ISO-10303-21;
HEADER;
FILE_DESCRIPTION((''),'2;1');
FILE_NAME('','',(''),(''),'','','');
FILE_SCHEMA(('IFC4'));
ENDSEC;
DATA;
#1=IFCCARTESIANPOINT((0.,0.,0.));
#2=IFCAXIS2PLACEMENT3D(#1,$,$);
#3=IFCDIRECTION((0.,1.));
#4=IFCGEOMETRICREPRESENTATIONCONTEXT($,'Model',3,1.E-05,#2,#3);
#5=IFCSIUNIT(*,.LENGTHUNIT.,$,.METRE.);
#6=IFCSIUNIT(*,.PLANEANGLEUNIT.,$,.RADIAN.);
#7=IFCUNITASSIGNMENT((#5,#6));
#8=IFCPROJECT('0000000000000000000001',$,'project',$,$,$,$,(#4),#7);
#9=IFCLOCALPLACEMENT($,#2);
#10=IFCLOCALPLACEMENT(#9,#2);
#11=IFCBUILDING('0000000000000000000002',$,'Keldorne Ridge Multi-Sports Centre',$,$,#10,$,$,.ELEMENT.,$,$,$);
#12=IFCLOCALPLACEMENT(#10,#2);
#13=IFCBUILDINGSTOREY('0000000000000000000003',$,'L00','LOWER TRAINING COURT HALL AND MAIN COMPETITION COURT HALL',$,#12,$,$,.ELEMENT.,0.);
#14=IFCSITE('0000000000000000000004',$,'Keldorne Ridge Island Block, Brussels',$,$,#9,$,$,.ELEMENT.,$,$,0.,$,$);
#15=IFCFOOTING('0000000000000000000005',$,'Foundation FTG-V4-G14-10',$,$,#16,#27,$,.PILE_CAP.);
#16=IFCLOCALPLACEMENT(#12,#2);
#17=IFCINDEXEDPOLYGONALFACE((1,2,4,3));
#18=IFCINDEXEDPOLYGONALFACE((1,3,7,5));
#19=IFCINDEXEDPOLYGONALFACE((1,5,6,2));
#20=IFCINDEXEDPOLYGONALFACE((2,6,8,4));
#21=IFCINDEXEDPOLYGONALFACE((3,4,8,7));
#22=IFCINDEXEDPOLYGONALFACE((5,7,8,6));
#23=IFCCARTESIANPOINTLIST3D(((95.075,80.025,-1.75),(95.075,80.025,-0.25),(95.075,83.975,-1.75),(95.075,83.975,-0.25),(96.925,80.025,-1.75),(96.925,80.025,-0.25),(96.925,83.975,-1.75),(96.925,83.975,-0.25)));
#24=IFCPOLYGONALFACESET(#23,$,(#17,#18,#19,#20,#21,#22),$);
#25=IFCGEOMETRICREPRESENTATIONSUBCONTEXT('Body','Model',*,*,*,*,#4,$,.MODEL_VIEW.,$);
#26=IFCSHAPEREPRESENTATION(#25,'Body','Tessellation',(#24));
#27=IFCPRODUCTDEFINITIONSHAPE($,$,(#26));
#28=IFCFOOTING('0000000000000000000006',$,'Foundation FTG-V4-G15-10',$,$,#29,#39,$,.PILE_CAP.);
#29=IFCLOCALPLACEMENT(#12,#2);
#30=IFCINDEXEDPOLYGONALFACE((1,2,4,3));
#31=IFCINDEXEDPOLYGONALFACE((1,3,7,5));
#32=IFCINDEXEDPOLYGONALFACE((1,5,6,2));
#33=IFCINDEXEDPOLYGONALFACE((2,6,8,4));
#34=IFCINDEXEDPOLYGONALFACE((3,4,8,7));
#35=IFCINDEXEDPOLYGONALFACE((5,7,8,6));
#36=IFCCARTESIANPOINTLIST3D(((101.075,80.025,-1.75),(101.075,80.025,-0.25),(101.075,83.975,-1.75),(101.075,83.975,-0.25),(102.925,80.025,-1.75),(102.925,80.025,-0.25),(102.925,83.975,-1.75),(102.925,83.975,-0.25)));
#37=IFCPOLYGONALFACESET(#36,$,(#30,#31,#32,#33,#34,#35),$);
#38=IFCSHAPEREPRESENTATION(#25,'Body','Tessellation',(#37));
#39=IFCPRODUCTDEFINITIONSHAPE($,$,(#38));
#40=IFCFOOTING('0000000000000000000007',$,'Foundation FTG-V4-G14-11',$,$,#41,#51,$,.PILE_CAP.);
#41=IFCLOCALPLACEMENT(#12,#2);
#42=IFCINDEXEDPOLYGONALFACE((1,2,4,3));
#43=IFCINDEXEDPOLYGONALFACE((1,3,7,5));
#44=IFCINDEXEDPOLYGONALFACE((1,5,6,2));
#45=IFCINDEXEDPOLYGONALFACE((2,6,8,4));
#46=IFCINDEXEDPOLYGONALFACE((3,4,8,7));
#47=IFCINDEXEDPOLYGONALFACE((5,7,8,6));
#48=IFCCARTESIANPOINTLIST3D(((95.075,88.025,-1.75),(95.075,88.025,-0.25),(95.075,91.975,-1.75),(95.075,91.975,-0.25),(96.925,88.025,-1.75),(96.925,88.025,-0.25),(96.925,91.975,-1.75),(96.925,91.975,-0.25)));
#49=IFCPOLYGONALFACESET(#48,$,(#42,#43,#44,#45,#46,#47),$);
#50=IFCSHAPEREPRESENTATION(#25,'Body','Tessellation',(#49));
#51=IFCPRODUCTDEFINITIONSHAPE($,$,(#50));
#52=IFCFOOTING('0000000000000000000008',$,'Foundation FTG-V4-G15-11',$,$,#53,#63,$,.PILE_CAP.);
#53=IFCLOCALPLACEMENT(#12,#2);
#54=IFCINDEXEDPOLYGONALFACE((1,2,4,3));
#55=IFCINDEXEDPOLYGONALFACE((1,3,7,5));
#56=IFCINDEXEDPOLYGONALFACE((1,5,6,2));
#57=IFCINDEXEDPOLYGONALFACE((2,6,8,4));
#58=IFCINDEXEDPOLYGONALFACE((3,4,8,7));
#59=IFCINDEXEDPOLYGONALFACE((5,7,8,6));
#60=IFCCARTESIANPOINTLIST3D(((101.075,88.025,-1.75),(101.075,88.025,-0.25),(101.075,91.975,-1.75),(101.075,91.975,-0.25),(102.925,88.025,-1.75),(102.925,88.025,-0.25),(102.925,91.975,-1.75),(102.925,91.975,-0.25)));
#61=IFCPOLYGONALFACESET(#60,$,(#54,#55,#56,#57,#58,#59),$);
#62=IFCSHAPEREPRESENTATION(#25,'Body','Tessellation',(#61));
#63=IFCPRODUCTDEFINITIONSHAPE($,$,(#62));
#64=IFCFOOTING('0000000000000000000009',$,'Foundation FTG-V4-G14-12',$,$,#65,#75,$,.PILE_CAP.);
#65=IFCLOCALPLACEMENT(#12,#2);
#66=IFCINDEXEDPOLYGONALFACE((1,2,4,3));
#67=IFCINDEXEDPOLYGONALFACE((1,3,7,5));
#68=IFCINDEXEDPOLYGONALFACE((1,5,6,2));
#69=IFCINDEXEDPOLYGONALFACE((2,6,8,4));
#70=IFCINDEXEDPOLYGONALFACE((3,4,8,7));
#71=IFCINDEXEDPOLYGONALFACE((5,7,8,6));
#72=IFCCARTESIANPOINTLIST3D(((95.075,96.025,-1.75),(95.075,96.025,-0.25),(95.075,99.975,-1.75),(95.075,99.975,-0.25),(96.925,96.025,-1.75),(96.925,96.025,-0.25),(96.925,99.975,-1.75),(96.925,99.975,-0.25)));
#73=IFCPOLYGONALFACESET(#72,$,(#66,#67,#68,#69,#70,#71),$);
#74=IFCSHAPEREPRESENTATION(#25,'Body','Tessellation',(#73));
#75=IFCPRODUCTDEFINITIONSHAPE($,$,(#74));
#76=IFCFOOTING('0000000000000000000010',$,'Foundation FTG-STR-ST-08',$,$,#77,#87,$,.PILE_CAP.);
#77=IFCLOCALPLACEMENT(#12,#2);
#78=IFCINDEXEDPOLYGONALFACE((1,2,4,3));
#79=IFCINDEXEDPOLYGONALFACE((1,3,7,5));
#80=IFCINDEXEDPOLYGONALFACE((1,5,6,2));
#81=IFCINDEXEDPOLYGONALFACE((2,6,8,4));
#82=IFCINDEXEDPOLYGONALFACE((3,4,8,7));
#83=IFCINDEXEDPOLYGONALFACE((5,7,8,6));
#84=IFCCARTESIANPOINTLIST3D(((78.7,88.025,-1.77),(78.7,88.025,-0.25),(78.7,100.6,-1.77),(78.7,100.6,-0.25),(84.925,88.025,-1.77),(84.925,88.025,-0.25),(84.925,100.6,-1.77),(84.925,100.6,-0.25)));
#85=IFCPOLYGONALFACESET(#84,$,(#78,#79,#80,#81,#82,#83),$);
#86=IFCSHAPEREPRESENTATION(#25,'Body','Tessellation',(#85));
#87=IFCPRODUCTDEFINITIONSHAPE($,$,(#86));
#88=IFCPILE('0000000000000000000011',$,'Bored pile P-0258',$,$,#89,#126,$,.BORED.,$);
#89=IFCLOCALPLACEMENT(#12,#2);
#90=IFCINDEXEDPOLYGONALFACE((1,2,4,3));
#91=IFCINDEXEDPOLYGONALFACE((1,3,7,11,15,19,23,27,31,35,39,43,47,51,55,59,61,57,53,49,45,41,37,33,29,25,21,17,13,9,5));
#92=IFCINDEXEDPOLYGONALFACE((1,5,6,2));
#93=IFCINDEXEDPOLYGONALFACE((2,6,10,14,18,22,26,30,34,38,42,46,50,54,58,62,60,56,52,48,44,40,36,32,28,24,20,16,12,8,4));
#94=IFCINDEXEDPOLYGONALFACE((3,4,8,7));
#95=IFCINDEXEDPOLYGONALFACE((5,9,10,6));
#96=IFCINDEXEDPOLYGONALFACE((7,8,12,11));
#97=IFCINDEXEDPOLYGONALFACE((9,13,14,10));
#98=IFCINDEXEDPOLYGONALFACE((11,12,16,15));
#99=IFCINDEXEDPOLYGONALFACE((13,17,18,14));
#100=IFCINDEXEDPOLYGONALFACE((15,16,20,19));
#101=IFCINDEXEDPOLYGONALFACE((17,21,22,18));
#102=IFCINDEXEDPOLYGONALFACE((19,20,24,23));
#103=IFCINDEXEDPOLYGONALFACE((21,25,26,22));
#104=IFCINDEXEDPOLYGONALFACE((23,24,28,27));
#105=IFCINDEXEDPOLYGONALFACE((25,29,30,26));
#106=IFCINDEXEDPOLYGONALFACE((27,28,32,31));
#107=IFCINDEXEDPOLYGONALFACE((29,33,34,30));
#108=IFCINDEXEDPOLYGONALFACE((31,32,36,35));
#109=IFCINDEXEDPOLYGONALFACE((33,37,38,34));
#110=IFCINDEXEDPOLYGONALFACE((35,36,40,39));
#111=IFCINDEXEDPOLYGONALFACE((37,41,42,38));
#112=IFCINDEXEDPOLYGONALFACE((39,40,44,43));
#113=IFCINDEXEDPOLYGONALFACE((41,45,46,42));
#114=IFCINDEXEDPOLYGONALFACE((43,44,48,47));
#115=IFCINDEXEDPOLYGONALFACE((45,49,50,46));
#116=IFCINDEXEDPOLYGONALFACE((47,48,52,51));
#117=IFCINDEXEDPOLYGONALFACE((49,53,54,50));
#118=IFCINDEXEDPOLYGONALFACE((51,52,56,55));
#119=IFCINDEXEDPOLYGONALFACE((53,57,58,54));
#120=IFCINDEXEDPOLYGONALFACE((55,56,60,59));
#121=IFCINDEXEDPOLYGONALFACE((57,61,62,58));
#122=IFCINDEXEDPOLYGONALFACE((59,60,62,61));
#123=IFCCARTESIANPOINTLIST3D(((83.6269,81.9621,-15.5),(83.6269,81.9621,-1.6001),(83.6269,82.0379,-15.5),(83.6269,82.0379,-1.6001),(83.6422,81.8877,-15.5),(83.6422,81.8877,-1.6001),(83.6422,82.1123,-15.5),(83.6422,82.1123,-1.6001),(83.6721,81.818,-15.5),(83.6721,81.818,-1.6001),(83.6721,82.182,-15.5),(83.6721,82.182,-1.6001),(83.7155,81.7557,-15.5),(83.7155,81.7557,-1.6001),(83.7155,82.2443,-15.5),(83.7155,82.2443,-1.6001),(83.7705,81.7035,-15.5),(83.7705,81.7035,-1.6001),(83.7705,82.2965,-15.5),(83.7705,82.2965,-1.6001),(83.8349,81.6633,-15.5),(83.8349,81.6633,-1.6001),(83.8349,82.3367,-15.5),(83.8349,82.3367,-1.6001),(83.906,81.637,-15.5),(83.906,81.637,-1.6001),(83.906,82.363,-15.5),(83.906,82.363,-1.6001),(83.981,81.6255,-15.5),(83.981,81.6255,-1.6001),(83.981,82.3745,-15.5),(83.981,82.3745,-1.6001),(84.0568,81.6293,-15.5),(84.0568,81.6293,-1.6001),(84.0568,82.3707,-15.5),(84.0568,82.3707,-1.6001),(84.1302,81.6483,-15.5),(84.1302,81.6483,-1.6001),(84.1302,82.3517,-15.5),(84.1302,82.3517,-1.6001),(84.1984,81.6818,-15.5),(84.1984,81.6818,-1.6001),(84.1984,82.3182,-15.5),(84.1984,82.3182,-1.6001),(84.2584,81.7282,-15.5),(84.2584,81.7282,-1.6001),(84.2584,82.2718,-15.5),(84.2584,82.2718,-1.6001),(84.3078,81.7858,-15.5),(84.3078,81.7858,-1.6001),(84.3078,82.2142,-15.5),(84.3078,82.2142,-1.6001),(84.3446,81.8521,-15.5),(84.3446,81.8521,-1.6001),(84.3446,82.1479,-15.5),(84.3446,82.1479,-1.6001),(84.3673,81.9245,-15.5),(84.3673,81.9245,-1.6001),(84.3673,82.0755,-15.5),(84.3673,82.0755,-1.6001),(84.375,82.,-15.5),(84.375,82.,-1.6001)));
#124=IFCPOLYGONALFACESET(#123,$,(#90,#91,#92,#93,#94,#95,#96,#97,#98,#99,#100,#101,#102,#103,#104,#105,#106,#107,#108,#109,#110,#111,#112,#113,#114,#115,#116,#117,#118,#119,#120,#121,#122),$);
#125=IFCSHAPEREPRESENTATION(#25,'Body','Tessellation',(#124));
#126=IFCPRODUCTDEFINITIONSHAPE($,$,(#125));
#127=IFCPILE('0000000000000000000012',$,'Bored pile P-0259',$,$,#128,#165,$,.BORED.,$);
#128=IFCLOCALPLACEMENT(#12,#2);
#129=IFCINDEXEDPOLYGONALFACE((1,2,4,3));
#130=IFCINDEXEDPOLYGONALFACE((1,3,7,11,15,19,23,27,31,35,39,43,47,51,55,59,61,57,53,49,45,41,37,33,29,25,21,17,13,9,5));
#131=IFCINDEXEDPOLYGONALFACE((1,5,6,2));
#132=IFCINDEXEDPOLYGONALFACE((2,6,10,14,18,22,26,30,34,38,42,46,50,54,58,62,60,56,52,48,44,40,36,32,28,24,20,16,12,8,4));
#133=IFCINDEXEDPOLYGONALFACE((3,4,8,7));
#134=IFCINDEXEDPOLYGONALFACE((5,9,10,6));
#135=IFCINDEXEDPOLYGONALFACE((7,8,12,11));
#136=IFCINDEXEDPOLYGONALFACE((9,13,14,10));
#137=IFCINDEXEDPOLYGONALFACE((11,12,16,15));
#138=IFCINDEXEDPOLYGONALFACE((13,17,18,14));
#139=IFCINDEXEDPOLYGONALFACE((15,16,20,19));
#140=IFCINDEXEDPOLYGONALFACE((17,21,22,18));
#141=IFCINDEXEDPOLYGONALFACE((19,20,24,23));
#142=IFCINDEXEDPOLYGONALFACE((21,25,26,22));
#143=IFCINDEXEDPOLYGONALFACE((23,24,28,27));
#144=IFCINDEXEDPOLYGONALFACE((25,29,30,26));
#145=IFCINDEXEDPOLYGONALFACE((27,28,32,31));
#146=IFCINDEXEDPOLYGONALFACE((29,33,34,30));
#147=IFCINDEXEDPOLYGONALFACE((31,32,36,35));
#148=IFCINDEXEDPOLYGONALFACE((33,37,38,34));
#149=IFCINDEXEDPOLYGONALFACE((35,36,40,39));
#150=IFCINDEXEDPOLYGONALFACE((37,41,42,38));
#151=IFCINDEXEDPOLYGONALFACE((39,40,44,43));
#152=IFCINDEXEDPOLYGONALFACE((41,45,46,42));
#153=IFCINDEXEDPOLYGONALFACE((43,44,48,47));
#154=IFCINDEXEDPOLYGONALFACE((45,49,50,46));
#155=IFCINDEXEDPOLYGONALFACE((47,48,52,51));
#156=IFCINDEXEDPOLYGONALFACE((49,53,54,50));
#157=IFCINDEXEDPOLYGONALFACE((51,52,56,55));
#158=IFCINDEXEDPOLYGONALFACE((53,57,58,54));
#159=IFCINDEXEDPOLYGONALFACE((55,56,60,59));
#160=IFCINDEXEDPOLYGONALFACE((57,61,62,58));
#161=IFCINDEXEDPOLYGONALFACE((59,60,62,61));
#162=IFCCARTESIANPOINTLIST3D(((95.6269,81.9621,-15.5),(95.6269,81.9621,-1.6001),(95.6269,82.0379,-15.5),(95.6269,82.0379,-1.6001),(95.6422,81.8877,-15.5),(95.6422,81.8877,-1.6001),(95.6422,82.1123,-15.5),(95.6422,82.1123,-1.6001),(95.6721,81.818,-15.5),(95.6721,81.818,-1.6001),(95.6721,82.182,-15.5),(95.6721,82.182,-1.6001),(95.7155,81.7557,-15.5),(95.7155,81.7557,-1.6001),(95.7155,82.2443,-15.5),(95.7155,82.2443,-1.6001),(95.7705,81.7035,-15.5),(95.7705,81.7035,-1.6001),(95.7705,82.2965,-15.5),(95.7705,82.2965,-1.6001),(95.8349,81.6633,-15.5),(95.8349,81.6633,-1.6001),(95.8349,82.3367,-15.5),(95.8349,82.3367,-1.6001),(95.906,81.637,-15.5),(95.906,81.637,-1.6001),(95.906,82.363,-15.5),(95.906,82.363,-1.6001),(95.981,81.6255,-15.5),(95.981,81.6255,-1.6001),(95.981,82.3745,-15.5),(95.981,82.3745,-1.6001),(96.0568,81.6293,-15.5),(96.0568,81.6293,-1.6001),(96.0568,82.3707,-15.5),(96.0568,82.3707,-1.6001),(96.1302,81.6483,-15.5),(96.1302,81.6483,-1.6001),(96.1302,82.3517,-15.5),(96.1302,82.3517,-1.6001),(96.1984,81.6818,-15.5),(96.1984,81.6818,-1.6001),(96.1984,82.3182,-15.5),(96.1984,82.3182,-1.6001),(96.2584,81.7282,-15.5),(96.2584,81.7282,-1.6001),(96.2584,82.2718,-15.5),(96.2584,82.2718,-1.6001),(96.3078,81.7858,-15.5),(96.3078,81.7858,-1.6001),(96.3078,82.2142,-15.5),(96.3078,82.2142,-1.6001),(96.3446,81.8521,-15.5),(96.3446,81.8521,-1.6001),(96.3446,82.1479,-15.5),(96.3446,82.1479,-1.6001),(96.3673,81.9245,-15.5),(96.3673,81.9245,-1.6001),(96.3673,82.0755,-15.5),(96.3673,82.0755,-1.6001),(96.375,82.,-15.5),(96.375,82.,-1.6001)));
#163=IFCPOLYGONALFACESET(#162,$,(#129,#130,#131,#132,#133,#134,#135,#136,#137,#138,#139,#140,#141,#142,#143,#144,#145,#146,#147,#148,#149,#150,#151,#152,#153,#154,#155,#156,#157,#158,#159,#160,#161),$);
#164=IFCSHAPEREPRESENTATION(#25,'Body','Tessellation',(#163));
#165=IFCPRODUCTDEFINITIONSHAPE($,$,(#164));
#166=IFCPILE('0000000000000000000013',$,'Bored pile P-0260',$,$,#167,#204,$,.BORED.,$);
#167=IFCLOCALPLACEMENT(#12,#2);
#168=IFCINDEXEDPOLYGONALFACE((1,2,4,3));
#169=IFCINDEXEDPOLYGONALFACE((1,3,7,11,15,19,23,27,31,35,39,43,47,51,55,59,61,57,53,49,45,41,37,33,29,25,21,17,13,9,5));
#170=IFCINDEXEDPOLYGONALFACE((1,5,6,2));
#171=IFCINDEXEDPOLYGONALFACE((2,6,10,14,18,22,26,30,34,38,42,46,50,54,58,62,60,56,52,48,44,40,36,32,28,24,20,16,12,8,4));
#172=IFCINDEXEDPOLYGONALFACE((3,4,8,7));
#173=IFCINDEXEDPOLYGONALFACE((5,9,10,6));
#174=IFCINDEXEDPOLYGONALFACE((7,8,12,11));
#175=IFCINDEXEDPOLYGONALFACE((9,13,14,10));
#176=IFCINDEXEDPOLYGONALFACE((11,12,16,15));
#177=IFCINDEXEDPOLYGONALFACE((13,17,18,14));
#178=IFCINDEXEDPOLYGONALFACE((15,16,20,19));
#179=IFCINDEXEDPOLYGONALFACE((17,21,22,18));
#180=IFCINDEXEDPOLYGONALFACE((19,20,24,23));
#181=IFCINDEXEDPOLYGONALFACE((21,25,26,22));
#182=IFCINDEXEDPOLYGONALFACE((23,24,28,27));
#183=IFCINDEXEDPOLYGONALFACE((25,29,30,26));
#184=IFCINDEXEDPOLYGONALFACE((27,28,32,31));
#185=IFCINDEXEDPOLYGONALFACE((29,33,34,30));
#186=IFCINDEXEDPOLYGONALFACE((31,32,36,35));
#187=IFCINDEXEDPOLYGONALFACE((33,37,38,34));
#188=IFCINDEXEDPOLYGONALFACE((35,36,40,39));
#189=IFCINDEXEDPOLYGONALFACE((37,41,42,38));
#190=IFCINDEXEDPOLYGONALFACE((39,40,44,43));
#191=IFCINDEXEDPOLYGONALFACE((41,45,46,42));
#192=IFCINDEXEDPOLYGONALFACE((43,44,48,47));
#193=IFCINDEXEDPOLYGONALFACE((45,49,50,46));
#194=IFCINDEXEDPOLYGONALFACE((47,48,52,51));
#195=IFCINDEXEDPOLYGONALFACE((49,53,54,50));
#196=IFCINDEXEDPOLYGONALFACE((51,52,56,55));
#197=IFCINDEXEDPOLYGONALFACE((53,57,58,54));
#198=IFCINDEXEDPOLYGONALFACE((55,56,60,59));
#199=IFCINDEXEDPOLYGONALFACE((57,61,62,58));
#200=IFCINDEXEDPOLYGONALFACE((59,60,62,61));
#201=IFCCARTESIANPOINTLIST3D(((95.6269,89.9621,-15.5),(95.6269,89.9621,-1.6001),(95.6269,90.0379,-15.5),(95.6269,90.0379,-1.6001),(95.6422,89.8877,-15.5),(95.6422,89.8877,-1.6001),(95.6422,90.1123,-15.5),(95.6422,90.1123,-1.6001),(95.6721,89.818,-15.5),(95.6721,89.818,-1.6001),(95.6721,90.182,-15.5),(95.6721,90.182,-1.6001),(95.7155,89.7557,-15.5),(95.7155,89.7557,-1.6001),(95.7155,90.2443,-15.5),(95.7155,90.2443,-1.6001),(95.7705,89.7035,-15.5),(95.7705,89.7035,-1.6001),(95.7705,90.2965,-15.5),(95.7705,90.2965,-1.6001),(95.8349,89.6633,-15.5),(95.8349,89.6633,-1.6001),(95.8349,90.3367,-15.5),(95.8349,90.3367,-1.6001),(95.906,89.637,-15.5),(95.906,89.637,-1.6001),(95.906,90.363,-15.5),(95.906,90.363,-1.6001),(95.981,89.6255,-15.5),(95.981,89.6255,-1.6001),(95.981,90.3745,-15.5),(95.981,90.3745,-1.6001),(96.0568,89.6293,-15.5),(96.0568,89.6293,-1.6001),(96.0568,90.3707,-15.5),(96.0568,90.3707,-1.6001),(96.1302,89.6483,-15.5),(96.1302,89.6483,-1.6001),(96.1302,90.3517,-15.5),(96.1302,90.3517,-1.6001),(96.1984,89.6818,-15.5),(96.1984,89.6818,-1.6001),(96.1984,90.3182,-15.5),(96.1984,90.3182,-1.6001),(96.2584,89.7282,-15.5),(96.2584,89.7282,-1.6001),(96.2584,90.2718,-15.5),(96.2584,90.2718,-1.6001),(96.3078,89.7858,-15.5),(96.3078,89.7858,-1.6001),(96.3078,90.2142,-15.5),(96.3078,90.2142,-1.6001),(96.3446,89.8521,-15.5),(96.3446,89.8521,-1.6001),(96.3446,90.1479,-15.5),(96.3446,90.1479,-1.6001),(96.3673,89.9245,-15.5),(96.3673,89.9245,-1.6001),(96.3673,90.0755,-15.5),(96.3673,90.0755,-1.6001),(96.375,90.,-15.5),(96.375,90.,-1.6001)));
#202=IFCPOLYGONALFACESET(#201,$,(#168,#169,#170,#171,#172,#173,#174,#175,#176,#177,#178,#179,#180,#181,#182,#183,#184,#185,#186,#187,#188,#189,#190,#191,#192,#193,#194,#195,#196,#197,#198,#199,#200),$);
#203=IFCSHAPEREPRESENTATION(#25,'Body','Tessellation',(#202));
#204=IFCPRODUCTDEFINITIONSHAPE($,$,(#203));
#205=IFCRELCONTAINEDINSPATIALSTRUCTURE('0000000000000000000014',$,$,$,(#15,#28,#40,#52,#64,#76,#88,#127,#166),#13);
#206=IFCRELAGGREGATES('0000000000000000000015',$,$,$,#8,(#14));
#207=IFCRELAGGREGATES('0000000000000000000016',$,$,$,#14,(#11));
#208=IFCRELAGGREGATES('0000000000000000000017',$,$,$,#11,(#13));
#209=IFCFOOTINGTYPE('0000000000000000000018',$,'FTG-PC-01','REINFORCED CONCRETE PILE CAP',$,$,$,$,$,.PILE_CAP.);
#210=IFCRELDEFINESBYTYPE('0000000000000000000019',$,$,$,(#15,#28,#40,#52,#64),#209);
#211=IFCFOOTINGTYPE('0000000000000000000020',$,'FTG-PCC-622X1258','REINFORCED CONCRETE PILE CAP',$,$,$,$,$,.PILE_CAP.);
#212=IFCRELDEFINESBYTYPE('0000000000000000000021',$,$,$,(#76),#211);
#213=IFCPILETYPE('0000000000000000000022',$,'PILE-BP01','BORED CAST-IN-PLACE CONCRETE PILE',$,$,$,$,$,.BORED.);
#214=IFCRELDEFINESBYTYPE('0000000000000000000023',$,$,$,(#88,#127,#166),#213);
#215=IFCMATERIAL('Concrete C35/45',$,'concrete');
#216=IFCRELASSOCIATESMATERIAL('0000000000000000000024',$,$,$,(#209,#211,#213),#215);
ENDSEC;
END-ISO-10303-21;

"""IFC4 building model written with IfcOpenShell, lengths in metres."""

from ifc_helpers import new_model, si_unit, direction, frame, origin, origin_2d, place, context, subcontext, project, spatial, rectangle, circle, extrude, material, material_profile, profile_set, type_object, element, save


model = new_model("IFC4")

# Units and contexts
model_context = context("Model", 3, precision=1e-05, world=origin(), true_north=direction((0.0, 1.0)))
body_context = subcontext(model_context, "Body", "Model", "MODEL_VIEW")
ifc_project = project(units=[si_unit("LENGTHUNIT", "METRE"), si_unit("PLANEANGLEUNIT", "RADIAN")], contexts=[model_context])

# Site, building, storey
site_placement = place(None, origin())
site = spatial("IfcSite", under=ifc_project, at=site_placement, Name="Keldorne Ridge Island Block, Brussels", CompositionType="ELEMENT", RefElevation=0.0)
building_placement = place(site_placement, origin())
building = spatial("IfcBuilding", under=site, at=building_placement, Name="Keldorne Ridge Multi-Sports Centre", CompositionType="ELEMENT")
storey_placement = place(building_placement, origin())
storey = spatial("IfcBuildingStorey", under=building, at=storey_placement, Name="L00", Description="LOWER TRAINING COURT HALL AND MAIN COMPETITION COURT HALL", CompositionType="ELEMENT", Elevation=0.0)

# Footings
ifc_material_1 = material(Name="Concrete C35/45", Category="concrete")
footing_type_1 = type_object("IfcFootingType", Name="FTG-PC-01", Description="REINFORCED CONCRETE PILE CAP", PredefinedType="PILE_CAP", material=ifc_material_1)
for number, where, z_axis, x_axis, name in (
    (1, (96.0, 82.0, -1.75), (0.0, 0.0, 1.0), (1.0, 0.0, 0.0), "Foundation FTG-V4-G14-10"),
    (2, (102.0, 82.0, -1.75), (0.0, 0.0, 1.0), (1.0, 0.0, 0.0), "Foundation FTG-V4-G15-10"),
    (3, (96.0, 90.0, -1.75), (0.0, 0.0, 1.0), (1.0, 0.0, 0.0), "Foundation FTG-V4-G14-11"),
    (4, (102.0, 90.0, -1.75), (0.0, 0.0, 1.0), (1.0, 0.0, 0.0), "Foundation FTG-V4-G15-11"),
    (5, (96.0, 98.0, -1.75), (0.0, 0.0, 1.0), (1.0, 0.0, 0.0), "Foundation FTG-V4-G14-12"),
):
    element("IfcFooting", number, at=place(storey_placement, frame(where, z_axis=z_axis, x_axis=x_axis)), inside=storey, type_object=footing_type_1, Name=name, PredefinedType="PILE_CAP", context=body_context, shape_type="SweptSolid", body=[
        extrude(rectangle(XDim=1.8501, YDim=3.95, at=origin_2d()), origin(), (0.0, 0.0, 1.0), 1.5),
    ])
footing_type_2 = type_object("IfcFootingType", Name="FTG-PCC-622X1258", Description="REINFORCED CONCRETE PILE CAP", PredefinedType="PILE_CAP", material=ifc_material_1)
footing_placement = place(storey_placement, frame((81.8125, 94.3125, -1.77), z_axis=(0.0, 0.0, 1.0), x_axis=(1.0, 0.0, 0.0)))
element("IfcFooting", 6, at=footing_placement, inside=storey, type_object=footing_type_2, Name="Foundation FTG-STR-ST-08", PredefinedType="PILE_CAP", context=body_context, shape_type="SweptSolid", body=[
    extrude(rectangle(XDim=6.2251, YDim=12.575, at=origin_2d()), origin(), (0.0, 0.0, 1.0), 1.52),
])

# Piles
ifc_material_profile_1 = material_profile(ifc_material_1, circle(Radius=0.375, at=origin_2d()), Name="BORED PILE D750")
ifc_profile_set_1 = profile_set([ifc_material_profile_1], Name="Concrete C35/45")
pile_type_1 = type_object("IfcPileType", Name="PILE-BP01", Description="BORED CAST-IN-PLACE CONCRETE PILE", PredefinedType="BORED", material=ifc_profile_set_1)
for number, where, z_axis, x_axis, name in (
    (7, (84.0, 82.0, -1.6001), (0.0, 0.0, -1.0), (1.0, 0.0, 0.0), "Bored pile P-0258"),
    (8, (96.0, 82.0, -1.6001), (0.0, 0.0, -1.0), (1.0, 0.0, 0.0), "Bored pile P-0259"),
    (9, (96.0, 90.0, -1.6001), (0.0, 0.0, -1.0), (1.0, 0.0, 0.0), "Bored pile P-0260"),
):
    element("IfcPile", number, at=place(storey_placement, frame(where, z_axis=z_axis, x_axis=x_axis)), inside=storey, type_object=pile_type_1, Name=name, PredefinedType="BORED", context=body_context, shape_type="SweptSolid", body=[
        extrude(circle(Radius=0.375, at=origin_2d()), origin(), (0.0, 0.0, 1.0), 13.8999),
    ])

save(model, "model.ifc")
